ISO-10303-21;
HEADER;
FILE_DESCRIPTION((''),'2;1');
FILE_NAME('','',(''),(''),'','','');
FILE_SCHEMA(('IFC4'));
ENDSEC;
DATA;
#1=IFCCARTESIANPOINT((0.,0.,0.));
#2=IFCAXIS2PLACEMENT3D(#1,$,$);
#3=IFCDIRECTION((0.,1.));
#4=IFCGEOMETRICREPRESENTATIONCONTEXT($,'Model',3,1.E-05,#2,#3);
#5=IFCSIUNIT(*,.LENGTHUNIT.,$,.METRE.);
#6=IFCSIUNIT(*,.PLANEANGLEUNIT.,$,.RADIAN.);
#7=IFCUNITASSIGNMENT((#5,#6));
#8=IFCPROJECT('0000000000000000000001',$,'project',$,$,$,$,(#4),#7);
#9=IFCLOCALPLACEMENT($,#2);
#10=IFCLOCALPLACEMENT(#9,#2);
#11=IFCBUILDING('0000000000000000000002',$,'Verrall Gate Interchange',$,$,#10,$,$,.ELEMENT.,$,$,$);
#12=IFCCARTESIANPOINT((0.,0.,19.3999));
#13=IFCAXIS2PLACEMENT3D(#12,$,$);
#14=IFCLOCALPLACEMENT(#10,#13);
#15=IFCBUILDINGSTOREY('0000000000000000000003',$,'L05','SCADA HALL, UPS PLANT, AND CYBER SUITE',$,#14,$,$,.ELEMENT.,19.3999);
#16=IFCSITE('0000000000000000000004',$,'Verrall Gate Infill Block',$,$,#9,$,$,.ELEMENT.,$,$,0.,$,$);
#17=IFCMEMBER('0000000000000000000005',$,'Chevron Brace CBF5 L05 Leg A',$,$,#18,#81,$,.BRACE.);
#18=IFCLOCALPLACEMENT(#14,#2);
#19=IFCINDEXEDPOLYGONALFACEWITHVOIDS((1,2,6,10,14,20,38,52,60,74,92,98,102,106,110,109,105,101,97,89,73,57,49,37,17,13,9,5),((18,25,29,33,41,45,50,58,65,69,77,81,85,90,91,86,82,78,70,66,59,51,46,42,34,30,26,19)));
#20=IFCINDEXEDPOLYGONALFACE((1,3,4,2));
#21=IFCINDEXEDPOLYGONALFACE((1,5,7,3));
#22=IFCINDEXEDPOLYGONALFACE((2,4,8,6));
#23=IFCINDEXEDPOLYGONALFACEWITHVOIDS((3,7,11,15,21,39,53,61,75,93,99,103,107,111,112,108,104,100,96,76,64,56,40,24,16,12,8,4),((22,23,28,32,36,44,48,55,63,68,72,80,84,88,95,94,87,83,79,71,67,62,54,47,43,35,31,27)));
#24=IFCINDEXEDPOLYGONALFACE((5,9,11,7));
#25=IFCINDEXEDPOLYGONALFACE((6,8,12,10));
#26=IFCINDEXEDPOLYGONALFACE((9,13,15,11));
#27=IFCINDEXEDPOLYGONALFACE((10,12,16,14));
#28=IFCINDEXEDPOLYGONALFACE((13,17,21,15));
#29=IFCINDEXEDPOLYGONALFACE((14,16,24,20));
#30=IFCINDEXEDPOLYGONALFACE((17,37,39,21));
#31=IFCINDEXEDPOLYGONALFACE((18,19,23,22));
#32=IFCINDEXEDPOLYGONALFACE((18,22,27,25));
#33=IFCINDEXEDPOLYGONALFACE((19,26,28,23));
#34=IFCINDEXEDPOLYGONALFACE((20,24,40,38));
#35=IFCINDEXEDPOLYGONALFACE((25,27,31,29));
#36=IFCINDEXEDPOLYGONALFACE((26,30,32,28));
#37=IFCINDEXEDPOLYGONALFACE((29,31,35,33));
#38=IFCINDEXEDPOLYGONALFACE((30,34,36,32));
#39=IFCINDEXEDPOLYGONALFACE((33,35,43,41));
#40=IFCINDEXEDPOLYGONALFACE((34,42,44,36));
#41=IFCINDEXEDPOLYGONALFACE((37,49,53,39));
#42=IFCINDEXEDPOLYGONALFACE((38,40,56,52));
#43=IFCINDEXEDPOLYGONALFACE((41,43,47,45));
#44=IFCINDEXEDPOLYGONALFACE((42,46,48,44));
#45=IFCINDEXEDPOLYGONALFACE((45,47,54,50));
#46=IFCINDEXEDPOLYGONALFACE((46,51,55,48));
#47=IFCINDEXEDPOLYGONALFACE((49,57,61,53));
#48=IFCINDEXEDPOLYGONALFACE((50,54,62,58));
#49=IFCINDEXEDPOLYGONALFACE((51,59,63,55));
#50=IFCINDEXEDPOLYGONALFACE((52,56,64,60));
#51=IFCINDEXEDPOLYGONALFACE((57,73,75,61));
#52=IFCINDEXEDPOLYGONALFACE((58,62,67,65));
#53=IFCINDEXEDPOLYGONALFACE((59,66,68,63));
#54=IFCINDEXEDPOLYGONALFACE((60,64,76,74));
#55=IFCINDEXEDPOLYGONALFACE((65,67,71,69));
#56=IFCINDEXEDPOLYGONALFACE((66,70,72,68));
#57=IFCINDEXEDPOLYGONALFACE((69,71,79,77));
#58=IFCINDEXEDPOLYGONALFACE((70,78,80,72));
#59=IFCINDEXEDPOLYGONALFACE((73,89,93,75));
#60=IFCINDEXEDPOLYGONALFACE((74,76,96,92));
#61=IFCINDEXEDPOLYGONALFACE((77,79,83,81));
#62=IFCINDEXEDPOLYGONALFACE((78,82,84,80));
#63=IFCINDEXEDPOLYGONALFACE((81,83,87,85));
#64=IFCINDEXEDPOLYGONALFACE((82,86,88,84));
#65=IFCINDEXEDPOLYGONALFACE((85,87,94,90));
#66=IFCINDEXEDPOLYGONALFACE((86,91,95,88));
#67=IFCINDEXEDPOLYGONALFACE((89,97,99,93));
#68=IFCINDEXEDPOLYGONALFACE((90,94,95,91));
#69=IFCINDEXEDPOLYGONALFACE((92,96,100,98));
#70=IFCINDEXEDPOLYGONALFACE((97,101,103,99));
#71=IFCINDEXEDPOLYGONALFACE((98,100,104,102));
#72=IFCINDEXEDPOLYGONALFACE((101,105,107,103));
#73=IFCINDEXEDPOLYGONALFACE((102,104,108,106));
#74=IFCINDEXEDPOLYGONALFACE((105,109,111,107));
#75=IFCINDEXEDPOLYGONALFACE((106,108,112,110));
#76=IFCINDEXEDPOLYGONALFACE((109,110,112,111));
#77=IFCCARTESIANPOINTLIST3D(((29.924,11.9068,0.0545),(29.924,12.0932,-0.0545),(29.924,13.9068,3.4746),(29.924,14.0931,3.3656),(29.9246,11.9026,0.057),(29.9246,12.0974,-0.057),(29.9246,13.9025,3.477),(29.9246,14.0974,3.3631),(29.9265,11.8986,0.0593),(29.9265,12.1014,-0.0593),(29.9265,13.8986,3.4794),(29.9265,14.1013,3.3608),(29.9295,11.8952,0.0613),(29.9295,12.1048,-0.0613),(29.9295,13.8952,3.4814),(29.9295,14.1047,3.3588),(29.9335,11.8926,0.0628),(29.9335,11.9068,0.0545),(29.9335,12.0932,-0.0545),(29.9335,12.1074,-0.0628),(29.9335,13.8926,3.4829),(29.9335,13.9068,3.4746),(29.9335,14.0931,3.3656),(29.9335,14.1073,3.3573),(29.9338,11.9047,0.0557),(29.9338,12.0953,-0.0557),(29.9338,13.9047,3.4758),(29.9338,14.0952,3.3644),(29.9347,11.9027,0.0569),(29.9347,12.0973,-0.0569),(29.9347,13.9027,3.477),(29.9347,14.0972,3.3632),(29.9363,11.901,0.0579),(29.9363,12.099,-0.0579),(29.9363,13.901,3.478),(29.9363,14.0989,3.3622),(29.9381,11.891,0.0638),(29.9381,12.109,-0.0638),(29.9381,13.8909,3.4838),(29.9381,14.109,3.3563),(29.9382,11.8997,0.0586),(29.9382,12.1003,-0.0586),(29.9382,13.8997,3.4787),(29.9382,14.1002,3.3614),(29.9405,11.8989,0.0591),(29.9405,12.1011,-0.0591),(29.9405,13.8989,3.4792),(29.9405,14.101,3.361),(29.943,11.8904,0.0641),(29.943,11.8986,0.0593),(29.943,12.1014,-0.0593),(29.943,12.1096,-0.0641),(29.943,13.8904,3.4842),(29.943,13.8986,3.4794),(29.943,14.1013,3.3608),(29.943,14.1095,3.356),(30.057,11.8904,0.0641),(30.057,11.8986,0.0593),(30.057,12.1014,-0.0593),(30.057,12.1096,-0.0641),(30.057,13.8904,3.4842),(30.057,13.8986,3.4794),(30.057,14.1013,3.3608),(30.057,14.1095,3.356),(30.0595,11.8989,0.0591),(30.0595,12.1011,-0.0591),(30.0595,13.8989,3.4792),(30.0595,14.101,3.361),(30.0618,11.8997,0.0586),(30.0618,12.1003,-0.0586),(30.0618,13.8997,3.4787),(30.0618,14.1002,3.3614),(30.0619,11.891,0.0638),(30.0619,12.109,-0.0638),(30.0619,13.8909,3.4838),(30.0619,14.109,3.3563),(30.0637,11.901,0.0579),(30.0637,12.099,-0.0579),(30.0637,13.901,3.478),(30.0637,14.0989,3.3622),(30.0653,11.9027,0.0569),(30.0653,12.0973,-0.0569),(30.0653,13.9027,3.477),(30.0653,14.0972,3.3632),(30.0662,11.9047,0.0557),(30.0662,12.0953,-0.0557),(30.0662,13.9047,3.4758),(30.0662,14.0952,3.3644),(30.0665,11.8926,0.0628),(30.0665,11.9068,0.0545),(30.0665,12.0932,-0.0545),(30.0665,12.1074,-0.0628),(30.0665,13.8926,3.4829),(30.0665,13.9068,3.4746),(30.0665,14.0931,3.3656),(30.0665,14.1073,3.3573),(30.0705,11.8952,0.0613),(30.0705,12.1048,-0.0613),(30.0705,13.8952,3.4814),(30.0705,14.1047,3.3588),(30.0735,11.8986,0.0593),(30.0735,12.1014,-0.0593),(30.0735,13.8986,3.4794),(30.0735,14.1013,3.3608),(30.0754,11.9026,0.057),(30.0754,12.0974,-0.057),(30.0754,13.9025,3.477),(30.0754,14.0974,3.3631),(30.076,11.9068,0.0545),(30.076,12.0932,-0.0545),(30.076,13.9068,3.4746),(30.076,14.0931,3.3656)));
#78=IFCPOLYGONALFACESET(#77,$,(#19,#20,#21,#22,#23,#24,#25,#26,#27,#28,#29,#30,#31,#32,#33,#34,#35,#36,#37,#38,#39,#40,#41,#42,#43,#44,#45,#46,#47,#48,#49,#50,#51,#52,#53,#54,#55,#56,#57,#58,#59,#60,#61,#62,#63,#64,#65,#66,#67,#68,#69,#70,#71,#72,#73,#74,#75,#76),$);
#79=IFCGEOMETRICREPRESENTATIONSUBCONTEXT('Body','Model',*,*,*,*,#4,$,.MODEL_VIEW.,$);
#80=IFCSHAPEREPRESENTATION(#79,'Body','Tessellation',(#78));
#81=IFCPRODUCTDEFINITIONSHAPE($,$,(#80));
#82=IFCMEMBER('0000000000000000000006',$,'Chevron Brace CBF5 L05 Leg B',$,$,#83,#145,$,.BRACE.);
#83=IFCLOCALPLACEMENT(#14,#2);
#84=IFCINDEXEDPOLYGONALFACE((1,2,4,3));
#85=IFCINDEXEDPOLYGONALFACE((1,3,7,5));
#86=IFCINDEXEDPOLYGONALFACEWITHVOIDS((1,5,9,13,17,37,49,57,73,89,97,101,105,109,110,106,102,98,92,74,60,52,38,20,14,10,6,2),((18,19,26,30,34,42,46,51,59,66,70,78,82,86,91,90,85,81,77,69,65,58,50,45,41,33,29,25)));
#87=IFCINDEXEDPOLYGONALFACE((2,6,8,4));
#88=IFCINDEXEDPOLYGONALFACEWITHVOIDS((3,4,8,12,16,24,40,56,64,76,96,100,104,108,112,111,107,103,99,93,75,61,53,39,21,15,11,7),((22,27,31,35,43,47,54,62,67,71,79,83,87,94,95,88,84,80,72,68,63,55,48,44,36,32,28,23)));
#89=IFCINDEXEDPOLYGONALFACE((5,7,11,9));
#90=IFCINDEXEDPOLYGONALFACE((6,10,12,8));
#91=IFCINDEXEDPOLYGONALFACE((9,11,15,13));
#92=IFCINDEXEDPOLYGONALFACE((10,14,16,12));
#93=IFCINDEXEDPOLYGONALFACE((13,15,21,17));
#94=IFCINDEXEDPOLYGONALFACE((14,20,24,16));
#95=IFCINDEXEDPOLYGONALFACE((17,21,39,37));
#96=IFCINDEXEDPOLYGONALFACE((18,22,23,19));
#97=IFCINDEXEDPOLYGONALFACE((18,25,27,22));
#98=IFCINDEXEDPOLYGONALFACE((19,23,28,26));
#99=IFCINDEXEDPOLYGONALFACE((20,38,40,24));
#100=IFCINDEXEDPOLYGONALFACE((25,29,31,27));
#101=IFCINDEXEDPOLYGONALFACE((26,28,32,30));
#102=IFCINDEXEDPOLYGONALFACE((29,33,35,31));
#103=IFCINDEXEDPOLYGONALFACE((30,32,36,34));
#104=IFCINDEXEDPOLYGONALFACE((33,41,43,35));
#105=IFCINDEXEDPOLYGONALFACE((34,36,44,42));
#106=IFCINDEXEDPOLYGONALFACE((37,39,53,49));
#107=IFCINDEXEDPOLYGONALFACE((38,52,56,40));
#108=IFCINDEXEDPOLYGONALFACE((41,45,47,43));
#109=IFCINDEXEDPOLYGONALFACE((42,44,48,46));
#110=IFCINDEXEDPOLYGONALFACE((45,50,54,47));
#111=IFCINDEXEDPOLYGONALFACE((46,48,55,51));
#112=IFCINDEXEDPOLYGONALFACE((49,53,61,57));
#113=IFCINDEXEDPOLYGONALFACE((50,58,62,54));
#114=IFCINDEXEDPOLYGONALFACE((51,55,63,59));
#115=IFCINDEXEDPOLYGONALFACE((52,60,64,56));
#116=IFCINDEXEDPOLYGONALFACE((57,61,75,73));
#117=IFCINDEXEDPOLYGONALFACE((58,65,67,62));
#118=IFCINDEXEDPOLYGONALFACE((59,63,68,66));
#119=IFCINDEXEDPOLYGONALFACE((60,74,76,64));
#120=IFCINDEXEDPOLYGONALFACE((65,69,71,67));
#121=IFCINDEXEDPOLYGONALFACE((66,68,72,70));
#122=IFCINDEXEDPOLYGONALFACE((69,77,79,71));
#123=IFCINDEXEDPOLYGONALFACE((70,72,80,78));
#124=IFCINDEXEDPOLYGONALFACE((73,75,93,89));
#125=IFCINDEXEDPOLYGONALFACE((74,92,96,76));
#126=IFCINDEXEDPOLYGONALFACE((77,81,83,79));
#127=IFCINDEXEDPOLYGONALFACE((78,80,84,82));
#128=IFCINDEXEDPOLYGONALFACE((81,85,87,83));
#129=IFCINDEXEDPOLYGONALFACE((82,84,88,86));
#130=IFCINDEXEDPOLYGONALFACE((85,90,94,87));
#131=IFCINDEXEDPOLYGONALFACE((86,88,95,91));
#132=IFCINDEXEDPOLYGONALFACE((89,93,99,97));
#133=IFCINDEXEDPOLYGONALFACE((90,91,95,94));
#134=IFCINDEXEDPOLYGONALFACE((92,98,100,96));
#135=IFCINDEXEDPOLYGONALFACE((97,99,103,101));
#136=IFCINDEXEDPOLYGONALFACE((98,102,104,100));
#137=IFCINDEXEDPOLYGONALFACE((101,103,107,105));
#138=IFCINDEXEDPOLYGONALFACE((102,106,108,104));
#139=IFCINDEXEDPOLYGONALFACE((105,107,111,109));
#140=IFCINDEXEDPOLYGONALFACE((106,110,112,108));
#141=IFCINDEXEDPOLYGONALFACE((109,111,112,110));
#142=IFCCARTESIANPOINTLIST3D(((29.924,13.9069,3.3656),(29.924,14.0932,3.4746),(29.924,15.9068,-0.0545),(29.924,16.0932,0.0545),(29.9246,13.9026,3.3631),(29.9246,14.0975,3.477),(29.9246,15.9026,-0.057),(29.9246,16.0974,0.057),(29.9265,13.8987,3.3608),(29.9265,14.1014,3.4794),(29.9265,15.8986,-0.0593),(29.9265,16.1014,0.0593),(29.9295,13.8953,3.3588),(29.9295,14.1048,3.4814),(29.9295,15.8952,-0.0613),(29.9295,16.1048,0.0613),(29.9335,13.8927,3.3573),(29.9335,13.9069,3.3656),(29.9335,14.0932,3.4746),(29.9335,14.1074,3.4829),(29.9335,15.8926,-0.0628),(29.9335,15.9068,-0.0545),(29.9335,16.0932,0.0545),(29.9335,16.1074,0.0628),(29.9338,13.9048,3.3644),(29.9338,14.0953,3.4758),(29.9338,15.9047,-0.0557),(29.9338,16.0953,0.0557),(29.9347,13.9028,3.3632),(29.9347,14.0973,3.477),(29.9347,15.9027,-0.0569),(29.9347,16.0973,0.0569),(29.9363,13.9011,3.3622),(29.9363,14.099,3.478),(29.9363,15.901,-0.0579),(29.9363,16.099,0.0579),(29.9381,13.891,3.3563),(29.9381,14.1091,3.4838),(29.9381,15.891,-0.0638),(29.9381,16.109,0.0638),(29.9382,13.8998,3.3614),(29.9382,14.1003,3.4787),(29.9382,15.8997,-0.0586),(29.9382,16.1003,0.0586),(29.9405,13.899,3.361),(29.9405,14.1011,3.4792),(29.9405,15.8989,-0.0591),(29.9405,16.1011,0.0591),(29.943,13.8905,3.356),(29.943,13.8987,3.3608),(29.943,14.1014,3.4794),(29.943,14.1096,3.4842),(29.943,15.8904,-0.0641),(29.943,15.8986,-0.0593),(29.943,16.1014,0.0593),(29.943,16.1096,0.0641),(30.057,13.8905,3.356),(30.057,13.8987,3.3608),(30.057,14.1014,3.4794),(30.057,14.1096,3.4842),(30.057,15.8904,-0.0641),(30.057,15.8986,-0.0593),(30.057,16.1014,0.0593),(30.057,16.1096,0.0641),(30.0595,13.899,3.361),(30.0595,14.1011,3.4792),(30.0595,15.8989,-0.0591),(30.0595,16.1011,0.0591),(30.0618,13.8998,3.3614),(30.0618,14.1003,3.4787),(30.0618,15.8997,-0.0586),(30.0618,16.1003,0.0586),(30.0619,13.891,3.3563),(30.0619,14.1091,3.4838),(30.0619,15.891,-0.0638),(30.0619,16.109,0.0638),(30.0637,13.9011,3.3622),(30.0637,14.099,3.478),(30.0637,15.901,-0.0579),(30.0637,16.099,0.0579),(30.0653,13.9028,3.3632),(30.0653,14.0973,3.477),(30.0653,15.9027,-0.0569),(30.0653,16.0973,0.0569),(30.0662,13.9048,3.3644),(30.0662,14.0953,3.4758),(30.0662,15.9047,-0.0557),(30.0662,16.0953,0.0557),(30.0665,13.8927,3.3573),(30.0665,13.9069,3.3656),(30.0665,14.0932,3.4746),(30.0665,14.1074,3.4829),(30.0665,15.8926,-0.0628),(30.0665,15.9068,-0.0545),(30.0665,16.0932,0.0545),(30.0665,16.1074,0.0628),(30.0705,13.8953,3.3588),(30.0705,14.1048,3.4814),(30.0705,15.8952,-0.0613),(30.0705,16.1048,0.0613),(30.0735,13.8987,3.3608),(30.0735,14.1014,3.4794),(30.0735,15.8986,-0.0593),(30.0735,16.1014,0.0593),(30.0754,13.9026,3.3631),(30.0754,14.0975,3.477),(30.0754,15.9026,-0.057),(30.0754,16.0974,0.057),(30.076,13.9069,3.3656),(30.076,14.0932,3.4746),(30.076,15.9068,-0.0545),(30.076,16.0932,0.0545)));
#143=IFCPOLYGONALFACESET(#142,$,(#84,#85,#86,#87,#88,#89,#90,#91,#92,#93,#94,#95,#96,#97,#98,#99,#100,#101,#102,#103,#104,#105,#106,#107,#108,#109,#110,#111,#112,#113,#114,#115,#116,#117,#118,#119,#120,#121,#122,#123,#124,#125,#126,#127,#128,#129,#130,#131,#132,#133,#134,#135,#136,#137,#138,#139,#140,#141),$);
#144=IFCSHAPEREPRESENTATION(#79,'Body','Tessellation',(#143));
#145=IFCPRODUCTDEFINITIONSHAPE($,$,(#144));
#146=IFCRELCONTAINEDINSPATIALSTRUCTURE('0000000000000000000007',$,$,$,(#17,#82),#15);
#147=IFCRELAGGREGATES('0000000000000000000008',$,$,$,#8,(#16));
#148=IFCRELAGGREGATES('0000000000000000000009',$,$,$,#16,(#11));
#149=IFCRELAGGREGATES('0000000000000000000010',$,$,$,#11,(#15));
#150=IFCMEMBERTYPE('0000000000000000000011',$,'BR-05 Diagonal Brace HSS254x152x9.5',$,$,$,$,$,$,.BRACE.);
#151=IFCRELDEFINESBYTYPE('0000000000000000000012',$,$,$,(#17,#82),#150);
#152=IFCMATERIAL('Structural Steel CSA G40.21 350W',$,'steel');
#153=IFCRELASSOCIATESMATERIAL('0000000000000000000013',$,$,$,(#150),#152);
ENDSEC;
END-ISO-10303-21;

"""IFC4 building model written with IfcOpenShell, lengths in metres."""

from ifc_helpers import new_model, si_unit, direction, frame, origin, origin_2d, place, context, subcontext, project, spatial, hollow_rectangle, extrude, material, material_profile, profile_set, type_object, element, save


model = new_model("IFC4")

# Units and contexts
model_context = context("Model", 3, precision=1e-05, world=origin(), true_north=direction((0.0, 1.0)))
body_context = subcontext(model_context, "Body", "Model", "MODEL_VIEW")
ifc_project = project(units=[si_unit("LENGTHUNIT", "METRE"), si_unit("PLANEANGLEUNIT", "RADIAN")], contexts=[model_context])

# Site, building, storey
site_placement = place(None, origin())
site = spatial("IfcSite", under=ifc_project, at=site_placement, Name="Verrall Gate Infill Block", CompositionType="ELEMENT", RefElevation=0.0)
building_placement = place(site_placement, origin())
building = spatial("IfcBuilding", under=site, at=building_placement, Name="Verrall Gate Interchange", CompositionType="ELEMENT")
storey_placement = place(building_placement, frame((0.0, 0.0, 19.3999)))
storey = spatial("IfcBuildingStorey", under=building, at=storey_placement, Name="L05", Description="SCADA HALL, UPS PLANT, AND CYBER SUITE", CompositionType="ELEMENT", Elevation=19.3999)

# Members
ifc_material_1 = material(Name="Structural Steel CSA G40.21 350W", Category="steel")
ifc_material_profile_1 = material_profile(ifc_material_1, hollow_rectangle(XDim=0.1521, YDim=0.2539, WallThickness=0.0095, InnerFilletRadius=0.0095, OuterFilletRadius=0.019, at=origin_2d()), Name="HSS254x152x9.5")
ifc_profile_set_1 = profile_set([ifc_material_profile_1], Name="Structural Steel CSA G40.21 350W")
member_type_1 = type_object("IfcMemberType", Name="BR-05 Diagonal Brace HSS254x152x9.5", PredefinedType="BRACE", material=ifc_profile_set_1)
for number, where, z_axis, x_axis, name in (
    (1, (30.0, 12.0, 0.0), (0.0, 0.504794, 0.86324), (-1.0, 0.0, 0.0), "Chevron Brace CBF5 L05 Leg A"),
    (2, (30.0, 16.0, 0.0), (0.0, -0.504794, 0.86324), (1.0, 0.0, 0.0), "Chevron Brace CBF5 L05 Leg B"),
):
    element("IfcMember", number, at=place(storey_placement, frame(where, z_axis=z_axis, x_axis=x_axis)), inside=storey, type_object=member_type_1, Name=name, PredefinedType="BRACE", context=body_context, shape_type="SweptSolid", body=[
        extrude(hollow_rectangle(XDim=0.1521, YDim=0.2539, WallThickness=0.0095, InnerFilletRadius=0.0095, OuterFilletRadius=0.019, at=origin_2d()), origin(), (0.0, 0.0, 1.0), 3.9619),
    ])

save(model, "model.ifc")
